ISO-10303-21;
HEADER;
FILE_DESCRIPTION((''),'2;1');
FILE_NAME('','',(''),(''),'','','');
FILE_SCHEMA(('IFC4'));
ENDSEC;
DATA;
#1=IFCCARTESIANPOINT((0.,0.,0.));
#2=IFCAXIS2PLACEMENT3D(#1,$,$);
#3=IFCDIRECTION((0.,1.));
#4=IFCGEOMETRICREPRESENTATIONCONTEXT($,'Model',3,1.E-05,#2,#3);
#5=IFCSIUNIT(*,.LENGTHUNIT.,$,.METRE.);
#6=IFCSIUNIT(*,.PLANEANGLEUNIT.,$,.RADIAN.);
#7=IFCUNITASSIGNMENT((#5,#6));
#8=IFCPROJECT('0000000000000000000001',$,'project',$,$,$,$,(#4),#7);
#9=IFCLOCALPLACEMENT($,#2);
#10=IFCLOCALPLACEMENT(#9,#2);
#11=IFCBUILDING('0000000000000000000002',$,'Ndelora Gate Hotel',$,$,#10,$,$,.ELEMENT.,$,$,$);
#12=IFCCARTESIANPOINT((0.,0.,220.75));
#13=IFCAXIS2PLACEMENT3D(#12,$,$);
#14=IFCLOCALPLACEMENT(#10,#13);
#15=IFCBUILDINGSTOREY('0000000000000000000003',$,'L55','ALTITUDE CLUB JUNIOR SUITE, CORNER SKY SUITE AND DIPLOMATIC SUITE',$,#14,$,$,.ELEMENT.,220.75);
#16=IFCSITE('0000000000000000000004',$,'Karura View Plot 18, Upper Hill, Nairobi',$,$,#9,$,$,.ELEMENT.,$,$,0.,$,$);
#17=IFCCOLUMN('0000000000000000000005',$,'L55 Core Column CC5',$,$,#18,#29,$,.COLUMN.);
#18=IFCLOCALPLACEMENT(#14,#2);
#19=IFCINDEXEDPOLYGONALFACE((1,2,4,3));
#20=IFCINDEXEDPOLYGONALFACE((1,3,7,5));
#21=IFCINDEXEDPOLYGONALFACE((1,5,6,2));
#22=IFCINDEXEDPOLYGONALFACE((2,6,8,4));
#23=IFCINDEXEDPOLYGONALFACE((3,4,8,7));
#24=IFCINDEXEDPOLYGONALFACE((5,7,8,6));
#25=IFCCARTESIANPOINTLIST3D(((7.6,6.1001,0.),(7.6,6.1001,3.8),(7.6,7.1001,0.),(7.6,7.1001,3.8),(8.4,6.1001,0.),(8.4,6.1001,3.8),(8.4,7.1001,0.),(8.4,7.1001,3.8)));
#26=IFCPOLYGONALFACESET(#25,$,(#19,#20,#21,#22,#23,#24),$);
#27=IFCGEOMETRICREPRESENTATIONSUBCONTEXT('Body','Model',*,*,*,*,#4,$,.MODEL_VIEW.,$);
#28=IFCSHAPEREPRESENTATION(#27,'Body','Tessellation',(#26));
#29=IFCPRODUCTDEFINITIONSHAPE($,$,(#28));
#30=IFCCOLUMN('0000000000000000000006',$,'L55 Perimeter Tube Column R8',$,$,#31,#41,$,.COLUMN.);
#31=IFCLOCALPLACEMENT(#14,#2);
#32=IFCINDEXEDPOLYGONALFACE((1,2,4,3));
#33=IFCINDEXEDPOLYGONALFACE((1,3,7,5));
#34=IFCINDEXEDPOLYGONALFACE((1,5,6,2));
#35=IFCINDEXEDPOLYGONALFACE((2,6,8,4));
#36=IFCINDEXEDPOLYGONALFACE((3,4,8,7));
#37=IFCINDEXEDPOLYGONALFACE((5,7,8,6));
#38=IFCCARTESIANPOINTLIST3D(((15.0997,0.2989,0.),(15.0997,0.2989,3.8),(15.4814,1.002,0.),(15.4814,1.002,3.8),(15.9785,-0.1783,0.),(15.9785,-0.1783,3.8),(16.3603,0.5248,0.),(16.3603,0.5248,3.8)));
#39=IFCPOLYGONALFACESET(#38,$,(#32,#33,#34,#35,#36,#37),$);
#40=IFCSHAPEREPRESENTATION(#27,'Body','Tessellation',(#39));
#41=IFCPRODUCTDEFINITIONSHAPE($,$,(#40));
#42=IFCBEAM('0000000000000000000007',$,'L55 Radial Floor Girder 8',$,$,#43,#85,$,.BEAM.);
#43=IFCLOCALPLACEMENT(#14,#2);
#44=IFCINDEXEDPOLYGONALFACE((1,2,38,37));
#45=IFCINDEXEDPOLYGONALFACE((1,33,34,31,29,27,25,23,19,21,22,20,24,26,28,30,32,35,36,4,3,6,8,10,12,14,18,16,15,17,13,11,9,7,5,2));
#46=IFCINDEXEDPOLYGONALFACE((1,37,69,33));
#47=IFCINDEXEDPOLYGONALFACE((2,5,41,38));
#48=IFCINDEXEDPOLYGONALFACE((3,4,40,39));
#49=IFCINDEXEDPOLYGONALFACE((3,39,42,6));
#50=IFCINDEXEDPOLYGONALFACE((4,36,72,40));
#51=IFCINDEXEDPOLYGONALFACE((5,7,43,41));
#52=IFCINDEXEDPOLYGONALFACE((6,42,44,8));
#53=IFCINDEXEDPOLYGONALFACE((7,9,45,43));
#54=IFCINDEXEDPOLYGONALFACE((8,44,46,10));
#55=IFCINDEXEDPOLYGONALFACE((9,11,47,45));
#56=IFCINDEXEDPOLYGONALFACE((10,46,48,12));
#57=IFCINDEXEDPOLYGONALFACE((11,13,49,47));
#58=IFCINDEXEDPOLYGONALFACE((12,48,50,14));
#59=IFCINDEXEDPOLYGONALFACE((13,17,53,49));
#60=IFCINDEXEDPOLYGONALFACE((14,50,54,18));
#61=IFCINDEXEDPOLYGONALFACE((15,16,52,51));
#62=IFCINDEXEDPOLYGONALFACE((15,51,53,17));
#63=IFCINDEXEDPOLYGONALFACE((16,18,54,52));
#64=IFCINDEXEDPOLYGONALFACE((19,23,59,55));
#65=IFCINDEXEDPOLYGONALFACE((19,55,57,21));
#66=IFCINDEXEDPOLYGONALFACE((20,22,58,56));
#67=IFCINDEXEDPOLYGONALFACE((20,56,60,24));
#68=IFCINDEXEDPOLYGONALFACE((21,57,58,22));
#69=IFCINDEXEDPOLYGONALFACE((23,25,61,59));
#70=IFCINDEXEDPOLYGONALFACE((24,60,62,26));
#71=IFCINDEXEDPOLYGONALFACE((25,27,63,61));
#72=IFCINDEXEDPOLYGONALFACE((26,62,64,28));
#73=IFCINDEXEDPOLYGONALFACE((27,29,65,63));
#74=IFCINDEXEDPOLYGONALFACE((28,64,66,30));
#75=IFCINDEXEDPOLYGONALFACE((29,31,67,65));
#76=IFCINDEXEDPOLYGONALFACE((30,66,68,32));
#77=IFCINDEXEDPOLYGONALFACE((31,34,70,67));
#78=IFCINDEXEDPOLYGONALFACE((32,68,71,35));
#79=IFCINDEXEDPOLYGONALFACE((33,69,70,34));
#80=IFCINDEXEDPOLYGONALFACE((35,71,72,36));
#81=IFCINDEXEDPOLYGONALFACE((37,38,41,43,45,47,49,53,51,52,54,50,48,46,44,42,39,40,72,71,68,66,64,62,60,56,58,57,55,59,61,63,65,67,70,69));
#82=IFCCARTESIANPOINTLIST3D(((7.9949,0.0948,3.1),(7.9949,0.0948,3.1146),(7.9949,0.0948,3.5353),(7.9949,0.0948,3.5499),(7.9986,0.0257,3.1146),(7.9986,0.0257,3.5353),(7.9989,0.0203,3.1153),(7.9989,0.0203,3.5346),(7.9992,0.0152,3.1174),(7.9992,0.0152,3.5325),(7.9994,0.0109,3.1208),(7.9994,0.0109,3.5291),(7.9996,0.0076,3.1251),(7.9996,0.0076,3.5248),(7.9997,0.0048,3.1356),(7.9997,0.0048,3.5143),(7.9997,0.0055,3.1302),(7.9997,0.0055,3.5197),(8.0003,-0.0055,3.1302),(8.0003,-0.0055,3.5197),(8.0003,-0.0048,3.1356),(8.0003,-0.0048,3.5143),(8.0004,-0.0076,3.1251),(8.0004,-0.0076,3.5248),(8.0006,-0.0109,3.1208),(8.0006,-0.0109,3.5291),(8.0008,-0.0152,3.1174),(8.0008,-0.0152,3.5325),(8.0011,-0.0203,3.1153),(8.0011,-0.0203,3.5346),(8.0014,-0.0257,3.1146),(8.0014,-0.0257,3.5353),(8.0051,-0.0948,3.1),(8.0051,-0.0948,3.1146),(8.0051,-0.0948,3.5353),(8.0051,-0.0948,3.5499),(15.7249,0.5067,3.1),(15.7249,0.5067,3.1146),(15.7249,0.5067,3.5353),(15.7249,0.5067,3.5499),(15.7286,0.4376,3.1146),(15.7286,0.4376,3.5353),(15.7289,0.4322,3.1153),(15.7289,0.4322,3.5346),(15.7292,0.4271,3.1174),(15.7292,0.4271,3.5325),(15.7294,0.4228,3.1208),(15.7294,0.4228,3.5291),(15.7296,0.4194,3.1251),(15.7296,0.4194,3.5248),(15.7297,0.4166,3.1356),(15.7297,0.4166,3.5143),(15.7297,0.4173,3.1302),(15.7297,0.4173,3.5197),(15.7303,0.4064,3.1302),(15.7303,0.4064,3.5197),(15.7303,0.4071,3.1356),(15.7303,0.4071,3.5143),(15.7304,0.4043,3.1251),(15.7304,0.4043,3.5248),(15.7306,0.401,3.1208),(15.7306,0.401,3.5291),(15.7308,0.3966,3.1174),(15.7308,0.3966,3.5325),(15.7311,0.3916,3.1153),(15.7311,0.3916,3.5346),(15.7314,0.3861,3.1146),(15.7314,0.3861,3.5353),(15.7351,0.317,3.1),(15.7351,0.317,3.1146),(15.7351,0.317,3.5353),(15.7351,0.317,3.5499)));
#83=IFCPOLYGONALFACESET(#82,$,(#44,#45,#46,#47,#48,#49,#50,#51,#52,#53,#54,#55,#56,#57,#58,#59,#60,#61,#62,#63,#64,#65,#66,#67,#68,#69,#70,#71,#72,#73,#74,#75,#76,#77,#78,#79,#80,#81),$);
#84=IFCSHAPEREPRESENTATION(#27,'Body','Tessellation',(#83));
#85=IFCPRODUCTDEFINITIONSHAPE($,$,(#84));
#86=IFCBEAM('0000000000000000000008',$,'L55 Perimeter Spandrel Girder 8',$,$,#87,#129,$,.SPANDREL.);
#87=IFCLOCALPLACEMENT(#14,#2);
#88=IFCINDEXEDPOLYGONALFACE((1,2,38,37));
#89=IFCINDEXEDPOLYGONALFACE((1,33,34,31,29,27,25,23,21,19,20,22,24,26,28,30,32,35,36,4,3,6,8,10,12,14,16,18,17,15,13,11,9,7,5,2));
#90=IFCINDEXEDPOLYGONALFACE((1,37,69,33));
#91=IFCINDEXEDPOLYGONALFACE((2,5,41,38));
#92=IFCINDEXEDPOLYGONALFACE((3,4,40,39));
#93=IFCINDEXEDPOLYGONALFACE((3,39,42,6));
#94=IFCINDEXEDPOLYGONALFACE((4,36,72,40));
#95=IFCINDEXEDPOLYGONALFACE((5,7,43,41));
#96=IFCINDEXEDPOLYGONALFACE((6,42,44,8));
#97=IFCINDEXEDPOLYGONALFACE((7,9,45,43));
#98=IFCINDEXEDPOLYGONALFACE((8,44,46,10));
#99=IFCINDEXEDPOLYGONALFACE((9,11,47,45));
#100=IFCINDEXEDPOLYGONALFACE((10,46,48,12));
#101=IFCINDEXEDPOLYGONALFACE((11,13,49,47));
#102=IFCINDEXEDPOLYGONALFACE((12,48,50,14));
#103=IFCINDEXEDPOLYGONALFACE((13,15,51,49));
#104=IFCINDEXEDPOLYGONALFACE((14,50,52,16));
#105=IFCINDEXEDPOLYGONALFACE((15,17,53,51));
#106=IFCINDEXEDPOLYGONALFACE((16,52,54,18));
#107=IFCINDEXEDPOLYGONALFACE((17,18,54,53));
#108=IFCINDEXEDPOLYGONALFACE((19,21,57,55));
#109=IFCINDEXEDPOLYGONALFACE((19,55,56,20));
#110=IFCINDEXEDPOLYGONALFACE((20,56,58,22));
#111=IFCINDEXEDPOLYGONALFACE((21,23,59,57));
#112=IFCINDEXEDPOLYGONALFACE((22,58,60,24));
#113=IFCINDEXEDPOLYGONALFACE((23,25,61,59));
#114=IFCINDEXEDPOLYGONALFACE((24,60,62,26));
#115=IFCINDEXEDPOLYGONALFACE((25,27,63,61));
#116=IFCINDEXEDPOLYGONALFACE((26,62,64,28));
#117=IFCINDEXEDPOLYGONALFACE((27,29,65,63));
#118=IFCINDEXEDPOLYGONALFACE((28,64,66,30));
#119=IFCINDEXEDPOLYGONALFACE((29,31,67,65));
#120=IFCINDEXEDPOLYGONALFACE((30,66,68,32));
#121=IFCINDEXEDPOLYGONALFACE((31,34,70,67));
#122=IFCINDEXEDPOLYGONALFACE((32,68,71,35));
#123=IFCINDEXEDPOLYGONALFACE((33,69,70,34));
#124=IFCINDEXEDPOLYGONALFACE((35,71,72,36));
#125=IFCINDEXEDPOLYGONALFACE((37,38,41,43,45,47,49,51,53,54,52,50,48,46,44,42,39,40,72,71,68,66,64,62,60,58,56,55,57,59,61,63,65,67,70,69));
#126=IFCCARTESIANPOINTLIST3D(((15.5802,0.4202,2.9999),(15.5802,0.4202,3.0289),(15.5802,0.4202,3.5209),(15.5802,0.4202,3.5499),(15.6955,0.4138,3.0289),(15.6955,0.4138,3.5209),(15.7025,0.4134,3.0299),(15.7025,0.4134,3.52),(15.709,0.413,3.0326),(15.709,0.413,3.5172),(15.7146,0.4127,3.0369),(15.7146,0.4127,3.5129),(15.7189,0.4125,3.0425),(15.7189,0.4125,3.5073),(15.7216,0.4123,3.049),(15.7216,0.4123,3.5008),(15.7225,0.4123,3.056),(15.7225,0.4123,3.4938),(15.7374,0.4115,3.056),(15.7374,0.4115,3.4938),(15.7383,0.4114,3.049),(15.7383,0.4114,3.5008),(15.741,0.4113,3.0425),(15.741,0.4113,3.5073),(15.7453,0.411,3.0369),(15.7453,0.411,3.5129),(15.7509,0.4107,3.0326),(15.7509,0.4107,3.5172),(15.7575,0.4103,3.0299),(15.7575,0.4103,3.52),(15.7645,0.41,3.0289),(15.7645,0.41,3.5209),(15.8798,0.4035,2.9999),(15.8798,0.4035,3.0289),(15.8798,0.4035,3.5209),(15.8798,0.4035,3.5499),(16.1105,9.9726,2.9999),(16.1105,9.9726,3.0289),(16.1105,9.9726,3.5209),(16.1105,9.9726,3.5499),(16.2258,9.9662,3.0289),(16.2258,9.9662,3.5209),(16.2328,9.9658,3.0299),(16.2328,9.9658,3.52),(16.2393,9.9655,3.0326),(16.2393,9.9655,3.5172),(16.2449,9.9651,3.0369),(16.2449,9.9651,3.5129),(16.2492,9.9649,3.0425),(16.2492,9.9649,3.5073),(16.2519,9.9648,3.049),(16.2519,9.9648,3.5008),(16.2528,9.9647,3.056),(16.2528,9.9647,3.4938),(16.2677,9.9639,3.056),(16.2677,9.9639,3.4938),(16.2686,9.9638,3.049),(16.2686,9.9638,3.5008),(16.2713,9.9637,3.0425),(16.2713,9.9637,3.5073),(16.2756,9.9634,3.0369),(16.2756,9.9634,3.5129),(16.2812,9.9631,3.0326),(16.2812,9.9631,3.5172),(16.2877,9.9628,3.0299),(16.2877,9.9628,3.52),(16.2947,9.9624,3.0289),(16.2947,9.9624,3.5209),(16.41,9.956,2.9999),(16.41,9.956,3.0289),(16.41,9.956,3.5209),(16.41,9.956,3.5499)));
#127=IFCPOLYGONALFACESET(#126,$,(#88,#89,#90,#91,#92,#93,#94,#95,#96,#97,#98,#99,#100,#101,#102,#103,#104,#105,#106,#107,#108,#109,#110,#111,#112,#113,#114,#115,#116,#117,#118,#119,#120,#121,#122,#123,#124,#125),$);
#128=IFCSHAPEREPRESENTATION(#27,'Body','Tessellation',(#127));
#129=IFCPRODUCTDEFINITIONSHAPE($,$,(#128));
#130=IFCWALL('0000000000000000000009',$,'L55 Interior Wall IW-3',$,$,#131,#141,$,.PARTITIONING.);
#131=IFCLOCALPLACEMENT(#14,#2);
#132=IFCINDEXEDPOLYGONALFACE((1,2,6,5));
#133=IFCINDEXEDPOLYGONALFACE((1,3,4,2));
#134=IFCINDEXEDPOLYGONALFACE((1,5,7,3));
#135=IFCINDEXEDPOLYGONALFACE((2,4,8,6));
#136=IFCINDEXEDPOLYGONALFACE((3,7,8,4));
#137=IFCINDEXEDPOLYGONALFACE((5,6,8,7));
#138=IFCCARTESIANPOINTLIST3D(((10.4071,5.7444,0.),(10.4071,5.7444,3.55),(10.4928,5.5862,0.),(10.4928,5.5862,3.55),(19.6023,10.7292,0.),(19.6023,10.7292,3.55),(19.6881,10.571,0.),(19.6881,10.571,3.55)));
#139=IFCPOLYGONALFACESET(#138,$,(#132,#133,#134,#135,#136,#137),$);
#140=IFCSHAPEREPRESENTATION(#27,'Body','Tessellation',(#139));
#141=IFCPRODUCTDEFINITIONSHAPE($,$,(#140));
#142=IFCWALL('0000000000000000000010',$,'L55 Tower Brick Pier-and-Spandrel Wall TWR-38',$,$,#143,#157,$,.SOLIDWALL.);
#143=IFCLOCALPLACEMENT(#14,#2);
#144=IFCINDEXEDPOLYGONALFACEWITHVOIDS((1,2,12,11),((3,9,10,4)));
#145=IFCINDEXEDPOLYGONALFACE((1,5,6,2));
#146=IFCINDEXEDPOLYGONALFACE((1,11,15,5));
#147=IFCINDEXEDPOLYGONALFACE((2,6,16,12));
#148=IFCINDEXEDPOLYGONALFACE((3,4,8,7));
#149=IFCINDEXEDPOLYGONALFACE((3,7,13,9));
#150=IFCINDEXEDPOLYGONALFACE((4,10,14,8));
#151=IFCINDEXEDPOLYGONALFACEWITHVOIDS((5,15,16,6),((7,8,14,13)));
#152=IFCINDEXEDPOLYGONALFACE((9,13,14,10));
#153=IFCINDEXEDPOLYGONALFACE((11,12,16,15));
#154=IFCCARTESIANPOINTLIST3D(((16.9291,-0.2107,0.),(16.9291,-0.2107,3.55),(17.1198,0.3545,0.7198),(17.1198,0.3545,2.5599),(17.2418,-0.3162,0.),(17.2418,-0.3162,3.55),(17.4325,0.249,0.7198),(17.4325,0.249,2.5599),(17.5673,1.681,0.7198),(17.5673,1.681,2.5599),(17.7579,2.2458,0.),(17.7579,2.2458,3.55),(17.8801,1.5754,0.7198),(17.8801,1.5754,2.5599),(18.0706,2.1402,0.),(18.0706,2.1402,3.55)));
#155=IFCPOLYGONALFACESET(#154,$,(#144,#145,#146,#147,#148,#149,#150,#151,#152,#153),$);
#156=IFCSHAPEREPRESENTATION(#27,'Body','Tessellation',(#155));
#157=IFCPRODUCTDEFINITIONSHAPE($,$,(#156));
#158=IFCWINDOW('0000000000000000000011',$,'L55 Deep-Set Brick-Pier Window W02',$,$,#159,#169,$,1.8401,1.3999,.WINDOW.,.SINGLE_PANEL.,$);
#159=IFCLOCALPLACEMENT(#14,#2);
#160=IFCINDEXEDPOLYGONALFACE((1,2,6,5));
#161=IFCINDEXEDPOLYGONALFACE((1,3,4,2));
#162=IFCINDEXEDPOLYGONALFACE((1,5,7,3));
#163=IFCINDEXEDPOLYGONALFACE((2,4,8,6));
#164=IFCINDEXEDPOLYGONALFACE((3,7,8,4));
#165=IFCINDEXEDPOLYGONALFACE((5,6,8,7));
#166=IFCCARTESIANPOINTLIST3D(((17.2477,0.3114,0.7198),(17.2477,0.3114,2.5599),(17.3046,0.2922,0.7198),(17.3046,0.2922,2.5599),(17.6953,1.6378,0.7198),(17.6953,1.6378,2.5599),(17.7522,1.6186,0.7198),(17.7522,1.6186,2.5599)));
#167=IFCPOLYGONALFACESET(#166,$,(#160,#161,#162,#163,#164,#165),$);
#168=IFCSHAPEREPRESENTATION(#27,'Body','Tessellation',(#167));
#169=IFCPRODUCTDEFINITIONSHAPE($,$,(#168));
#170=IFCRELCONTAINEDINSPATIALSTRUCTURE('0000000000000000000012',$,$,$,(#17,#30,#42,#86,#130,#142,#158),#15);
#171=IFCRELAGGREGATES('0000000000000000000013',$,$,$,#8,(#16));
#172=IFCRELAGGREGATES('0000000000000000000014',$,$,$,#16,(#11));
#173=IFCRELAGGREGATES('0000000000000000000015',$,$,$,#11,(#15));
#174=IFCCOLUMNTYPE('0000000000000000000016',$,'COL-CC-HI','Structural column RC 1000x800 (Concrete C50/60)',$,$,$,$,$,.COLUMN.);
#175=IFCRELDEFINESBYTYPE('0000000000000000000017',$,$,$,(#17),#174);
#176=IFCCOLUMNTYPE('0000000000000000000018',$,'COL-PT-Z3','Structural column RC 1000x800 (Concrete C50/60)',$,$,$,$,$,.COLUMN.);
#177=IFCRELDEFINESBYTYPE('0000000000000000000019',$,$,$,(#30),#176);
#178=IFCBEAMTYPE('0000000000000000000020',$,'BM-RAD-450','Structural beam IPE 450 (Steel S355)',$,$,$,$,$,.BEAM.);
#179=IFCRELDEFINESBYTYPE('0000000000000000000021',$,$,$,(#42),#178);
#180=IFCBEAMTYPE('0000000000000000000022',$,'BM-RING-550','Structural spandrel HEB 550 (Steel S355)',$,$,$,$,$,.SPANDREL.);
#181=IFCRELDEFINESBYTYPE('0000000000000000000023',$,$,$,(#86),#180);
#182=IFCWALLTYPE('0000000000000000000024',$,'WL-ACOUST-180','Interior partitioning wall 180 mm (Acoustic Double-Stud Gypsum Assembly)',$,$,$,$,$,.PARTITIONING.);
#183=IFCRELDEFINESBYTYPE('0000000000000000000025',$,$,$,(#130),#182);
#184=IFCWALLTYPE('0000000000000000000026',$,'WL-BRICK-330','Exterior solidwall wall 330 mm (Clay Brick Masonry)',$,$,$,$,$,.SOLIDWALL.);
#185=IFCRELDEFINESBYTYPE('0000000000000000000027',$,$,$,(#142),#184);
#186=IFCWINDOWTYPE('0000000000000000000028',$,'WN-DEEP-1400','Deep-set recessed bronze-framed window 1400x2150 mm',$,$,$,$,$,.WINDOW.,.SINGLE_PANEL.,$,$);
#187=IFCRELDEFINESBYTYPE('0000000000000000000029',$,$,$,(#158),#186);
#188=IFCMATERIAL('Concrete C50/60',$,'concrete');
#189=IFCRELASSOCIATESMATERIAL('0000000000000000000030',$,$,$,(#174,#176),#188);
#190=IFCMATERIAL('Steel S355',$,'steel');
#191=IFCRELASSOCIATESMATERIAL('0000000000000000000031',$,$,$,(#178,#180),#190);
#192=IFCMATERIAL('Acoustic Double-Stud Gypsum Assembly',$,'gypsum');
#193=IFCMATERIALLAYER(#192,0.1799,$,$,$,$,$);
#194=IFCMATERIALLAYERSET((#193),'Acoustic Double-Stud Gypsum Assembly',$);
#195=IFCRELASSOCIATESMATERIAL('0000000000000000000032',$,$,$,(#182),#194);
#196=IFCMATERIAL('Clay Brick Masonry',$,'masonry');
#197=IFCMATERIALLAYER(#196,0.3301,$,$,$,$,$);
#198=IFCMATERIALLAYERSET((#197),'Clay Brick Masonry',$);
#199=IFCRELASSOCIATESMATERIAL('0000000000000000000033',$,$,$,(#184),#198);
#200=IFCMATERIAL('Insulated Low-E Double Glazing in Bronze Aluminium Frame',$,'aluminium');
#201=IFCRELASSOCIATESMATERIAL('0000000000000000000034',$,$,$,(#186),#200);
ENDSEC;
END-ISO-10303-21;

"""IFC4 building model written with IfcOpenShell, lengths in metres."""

from ifc_helpers import new_model, si_unit, direction, frame, frame_2d, origin, origin_2d, place, context, subcontext, project, spatial, rectangle, i_section, extrude, material, layer, layer_set, material_profile, profile_set, type_object, element, fill, save


model = new_model("IFC4")

# Units and contexts
model_context = context("Model", 3, precision=1e-05, world=origin(), true_north=direction((0.0, 1.0)))
body_context = subcontext(model_context, "Body", "Model", "MODEL_VIEW")
ifc_project = project(units=[si_unit("LENGTHUNIT", "METRE"), si_unit("PLANEANGLEUNIT", "RADIAN")], contexts=[model_context])

# Site, building, storey
site_placement = place(None, origin())
site = spatial("IfcSite", under=ifc_project, at=site_placement, Name="Karura View Plot 18, Upper Hill, Nairobi", CompositionType="ELEMENT", RefElevation=0.0)
building_placement = place(site_placement, origin())
building = spatial("IfcBuilding", under=site, at=building_placement, Name="Ndelora Gate Hotel", CompositionType="ELEMENT")
storey_placement = place(building_placement, frame((0.0, 0.0, 220.75)))
storey = spatial("IfcBuildingStorey", under=building, at=storey_placement, Name="L55", Description="ALTITUDE CLUB JUNIOR SUITE, CORNER SKY SUITE AND DIPLOMATIC SUITE", CompositionType="ELEMENT", Elevation=220.75)

# Columns
ifc_material_1 = material(Name="Concrete C50/60", Category="concrete")
ifc_material_profile_1 = material_profile(ifc_material_1, rectangle(XDim=0.8, YDim=1.0, at=origin_2d()), Name="RC 1000x800")
ifc_profile_set_1 = profile_set([ifc_material_profile_1], Name="Concrete C50/60")
column_type_1 = type_object("IfcColumnType", Name="COL-CC-HI", Description="Structural column RC 1000x800 (Concrete C50/60)", PredefinedType="COLUMN", material=ifc_profile_set_1)
column_1_placement = place(storey_placement, frame((8.0, 6.6001, 0.0), z_axis=(0.0, 0.0, 1.0), x_axis=(1.0, 0.0, 0.0)))
element("IfcColumn", 1, at=column_1_placement, inside=storey, type_object=column_type_1, Name="L55 Core Column CC5", PredefinedType="COLUMN", context=body_context, shape_type="SweptSolid", body=[
    extrude(rectangle(XDim=0.8, YDim=1.0, at=origin_2d()), origin(), (0.0, 0.0, 1.0), 3.8),
])
ifc_material_profile_2 = material_profile(ifc_material_1, rectangle(XDim=0.8, YDim=1.0, at=origin_2d()), Name="RC 1000x800")
ifc_profile_set_2 = profile_set([ifc_material_profile_2], Name="Concrete C50/60")
column_type_2 = type_object("IfcColumnType", Name="COL-PT-Z3", Description="Structural column RC 1000x800 (Concrete C50/60)", PredefinedType="COLUMN", material=ifc_profile_set_2)
column_2_placement = place(storey_placement, frame((15.73, 0.4119, 0.0), z_axis=(0.0, 0.0, 1.0), x_axis=(0.477159, 0.878817, 0.0)))
element("IfcColumn", 2, at=column_2_placement, inside=storey, type_object=column_type_2, Name="L55 Perimeter Tube Column R8", PredefinedType="COLUMN", context=body_context, shape_type="SweptSolid", body=[
    extrude(rectangle(XDim=0.8, YDim=1.0, at=origin_2d()), origin(), (0.0, 0.0, 1.0), 3.8),
])

# Beams
ifc_material_2 = material(Name="Steel S355", Category="steel")
ifc_material_profile_3 = material_profile(ifc_material_2, i_section(OverallWidth=0.1899, OverallDepth=0.45, WebThickness=0.0095, FlangeThickness=0.0146, FilletRadius=0.021, at=origin_2d()), Name="IPE 450")
ifc_profile_set_3 = profile_set([ifc_material_profile_3], Name="Steel S355")
beam_type_1 = type_object("IfcBeamType", Name="BM-RAD-450", Description="Structural beam IPE 450 (Steel S355)", PredefinedType="BEAM", material=ifc_profile_set_3)
beam_1_placement = place(storey_placement, frame((8.0, 0.0, 3.325), z_axis=(0.998584, 0.053206, 0.0), x_axis=(-0.053206, 0.998584, 0.0)))
element("IfcBeam", 3, at=beam_1_placement, inside=storey, type_object=beam_type_1, Name="L55 Radial Floor Girder 8", PredefinedType="BEAM", context=body_context, shape_type="SweptSolid", body=[
    extrude(i_section(OverallWidth=0.1899, OverallDepth=0.45, WebThickness=0.0095, FlangeThickness=0.0146, FilletRadius=0.021, at=origin_2d()), origin(), (0.0, 0.0, 1.0), 7.741),
])
ifc_material_profile_4 = material_profile(ifc_material_2, i_section(OverallWidth=0.3, OverallDepth=0.55, WebThickness=0.0149, FlangeThickness=0.0291, FilletRadius=0.0271, at=origin_2d()), Name="HEB 550")
ifc_profile_set_4 = profile_set([ifc_material_profile_4], Name="Steel S355")
beam_type_2 = type_object("IfcBeamType", Name="BM-RING-550", Description="Structural spandrel HEB 550 (Steel S355)", PredefinedType="SPANDREL", material=ifc_profile_set_4)
beam_2_placement = place(storey_placement, frame((15.73, 0.4119, 3.2749), z_axis=(0.055426, 0.998463, 0.0), x_axis=(-0.998463, 0.055426, 0.0)))
element("IfcBeam", 4, at=beam_2_placement, inside=storey, type_object=beam_type_2, Name="L55 Perimeter Spandrel Girder 8", PredefinedType="SPANDREL", context=body_context, shape_type="SweptSolid", body=[
    extrude(i_section(OverallWidth=0.3, OverallDepth=0.55, WebThickness=0.0149, FlangeThickness=0.0291, FilletRadius=0.0271, at=origin_2d()), origin(), (0.0, 0.0, 1.0), 9.5671),
])

# Wall
ifc_material_3 = material(Name="Acoustic Double-Stud Gypsum Assembly", Category="gypsum")
ifc_layer_1 = layer(ifc_material_3, 0.1799)
ifc_layer_set_1 = layer_set([ifc_layer_1], Name="Acoustic Double-Stud Gypsum Assembly")
wall_type_1 = type_object("IfcWallType", Name="WL-ACOUST-180", Description="Interior partitioning wall 180 mm (Acoustic Double-Stud Gypsum Assembly)", PredefinedType="PARTITIONING", material=ifc_layer_set_1)
wall_1_placement = place(storey_placement, frame((10.45, 5.6653, 0.0), z_axis=(0.0, 0.0, 1.0), x_axis=(0.879129, 0.476584, 0.0)))
element("IfcWall", 5, at=wall_1_placement, inside=storey, type_object=wall_type_1, Name="L55 Interior Wall IW-3", PredefinedType="PARTITIONING", context=body_context, shape_type="SweptSolid", body=[
    extrude(rectangle(XDim=10.4595, YDim=0.1799, at=frame_2d((5.2297, 0.0))), origin(), (0.0, 0.0, 1.0), 3.55),
])

# Wall, opening, window
ifc_material_4 = material(Name="Clay Brick Masonry", Category="masonry")
ifc_layer_2 = layer(ifc_material_4, 0.3301)
ifc_layer_set_2 = layer_set([ifc_layer_2], Name="Clay Brick Masonry")
wall_type_2 = type_object("IfcWallType", Name="WL-BRICK-330", Description="Exterior solidwall wall 330 mm (Clay Brick Masonry)", PredefinedType="SOLIDWALL", material=ifc_layer_set_2)
wall_2_placement = place(storey_placement, frame((17.9143, 2.1931, 0.0), z_axis=(0.0, 0.0, 1.0), x_axis=(-0.3197, -0.947519, 0.0)))
wall_2 = element("IfcWall", 6, at=wall_2_placement, inside=storey, type_object=wall_type_2, Name="L55 Tower Brick Pier-and-Spandrel Wall TWR-38", PredefinedType="SOLIDWALL", context=body_context, shape_type="SweptSolid", body=[
    extrude(rectangle(XDim=2.5925, YDim=0.3301, at=frame_2d((1.2964, 0.0))), origin(), (0.0, 0.0, 1.0), 3.55),
])
opening_1_placement = place(wall_2_placement, frame((0.5962, 0.0, 0.72)))
opening_1 = element("IfcOpeningElement", 7, at=opening_1_placement, cuts=wall_2, PredefinedType="OPENING", context=body_context, shape_type="SweptSolid", body=[
    extrude(rectangle(XDim=1.3999, YDim=1.8401, at=frame_2d((0.7, 0.9199))), frame((0.0, 0.175, 0.0), z_axis=(0.0, -1.0, 0.0), x_axis=(1.0, 0.0, 0.0)), (0.0, 0.0, 1.0), 0.3501),
])
ifc_material_5 = material(Name="Insulated Low-E Double Glazing in Bronze Aluminium Frame", Category="aluminium")
window_type = type_object("IfcWindowType", Name="WN-DEEP-1400", Description="Deep-set recessed bronze-framed window 1400x2150 mm", PartitioningType="SINGLE_PANEL", PredefinedType="WINDOW", material=ifc_material_5)
window_1_placement = place(opening_1_placement, origin())
window_1 = element("IfcWindow", 8, at=window_1_placement, inside=storey, type_object=window_type, Name="L55 Deep-Set Brick-Pier Window W02", OverallHeight=1.8401, OverallWidth=1.3999, PartitioningType="SINGLE_PANEL", PredefinedType="WINDOW", context=body_context, shape_type="SweptSolid", body=[
    extrude(rectangle(XDim=1.3999, YDim=1.8401, at=frame_2d((0.7, 0.9199))), frame((0.0, 0.03, 0.0), z_axis=(0.0, -1.0, 0.0), x_axis=(1.0, 0.0, 0.0)), (0.0, 0.0, 1.0), 0.0601),
])
fill(opening_1, window_1)

save(model, "model.ifc")
